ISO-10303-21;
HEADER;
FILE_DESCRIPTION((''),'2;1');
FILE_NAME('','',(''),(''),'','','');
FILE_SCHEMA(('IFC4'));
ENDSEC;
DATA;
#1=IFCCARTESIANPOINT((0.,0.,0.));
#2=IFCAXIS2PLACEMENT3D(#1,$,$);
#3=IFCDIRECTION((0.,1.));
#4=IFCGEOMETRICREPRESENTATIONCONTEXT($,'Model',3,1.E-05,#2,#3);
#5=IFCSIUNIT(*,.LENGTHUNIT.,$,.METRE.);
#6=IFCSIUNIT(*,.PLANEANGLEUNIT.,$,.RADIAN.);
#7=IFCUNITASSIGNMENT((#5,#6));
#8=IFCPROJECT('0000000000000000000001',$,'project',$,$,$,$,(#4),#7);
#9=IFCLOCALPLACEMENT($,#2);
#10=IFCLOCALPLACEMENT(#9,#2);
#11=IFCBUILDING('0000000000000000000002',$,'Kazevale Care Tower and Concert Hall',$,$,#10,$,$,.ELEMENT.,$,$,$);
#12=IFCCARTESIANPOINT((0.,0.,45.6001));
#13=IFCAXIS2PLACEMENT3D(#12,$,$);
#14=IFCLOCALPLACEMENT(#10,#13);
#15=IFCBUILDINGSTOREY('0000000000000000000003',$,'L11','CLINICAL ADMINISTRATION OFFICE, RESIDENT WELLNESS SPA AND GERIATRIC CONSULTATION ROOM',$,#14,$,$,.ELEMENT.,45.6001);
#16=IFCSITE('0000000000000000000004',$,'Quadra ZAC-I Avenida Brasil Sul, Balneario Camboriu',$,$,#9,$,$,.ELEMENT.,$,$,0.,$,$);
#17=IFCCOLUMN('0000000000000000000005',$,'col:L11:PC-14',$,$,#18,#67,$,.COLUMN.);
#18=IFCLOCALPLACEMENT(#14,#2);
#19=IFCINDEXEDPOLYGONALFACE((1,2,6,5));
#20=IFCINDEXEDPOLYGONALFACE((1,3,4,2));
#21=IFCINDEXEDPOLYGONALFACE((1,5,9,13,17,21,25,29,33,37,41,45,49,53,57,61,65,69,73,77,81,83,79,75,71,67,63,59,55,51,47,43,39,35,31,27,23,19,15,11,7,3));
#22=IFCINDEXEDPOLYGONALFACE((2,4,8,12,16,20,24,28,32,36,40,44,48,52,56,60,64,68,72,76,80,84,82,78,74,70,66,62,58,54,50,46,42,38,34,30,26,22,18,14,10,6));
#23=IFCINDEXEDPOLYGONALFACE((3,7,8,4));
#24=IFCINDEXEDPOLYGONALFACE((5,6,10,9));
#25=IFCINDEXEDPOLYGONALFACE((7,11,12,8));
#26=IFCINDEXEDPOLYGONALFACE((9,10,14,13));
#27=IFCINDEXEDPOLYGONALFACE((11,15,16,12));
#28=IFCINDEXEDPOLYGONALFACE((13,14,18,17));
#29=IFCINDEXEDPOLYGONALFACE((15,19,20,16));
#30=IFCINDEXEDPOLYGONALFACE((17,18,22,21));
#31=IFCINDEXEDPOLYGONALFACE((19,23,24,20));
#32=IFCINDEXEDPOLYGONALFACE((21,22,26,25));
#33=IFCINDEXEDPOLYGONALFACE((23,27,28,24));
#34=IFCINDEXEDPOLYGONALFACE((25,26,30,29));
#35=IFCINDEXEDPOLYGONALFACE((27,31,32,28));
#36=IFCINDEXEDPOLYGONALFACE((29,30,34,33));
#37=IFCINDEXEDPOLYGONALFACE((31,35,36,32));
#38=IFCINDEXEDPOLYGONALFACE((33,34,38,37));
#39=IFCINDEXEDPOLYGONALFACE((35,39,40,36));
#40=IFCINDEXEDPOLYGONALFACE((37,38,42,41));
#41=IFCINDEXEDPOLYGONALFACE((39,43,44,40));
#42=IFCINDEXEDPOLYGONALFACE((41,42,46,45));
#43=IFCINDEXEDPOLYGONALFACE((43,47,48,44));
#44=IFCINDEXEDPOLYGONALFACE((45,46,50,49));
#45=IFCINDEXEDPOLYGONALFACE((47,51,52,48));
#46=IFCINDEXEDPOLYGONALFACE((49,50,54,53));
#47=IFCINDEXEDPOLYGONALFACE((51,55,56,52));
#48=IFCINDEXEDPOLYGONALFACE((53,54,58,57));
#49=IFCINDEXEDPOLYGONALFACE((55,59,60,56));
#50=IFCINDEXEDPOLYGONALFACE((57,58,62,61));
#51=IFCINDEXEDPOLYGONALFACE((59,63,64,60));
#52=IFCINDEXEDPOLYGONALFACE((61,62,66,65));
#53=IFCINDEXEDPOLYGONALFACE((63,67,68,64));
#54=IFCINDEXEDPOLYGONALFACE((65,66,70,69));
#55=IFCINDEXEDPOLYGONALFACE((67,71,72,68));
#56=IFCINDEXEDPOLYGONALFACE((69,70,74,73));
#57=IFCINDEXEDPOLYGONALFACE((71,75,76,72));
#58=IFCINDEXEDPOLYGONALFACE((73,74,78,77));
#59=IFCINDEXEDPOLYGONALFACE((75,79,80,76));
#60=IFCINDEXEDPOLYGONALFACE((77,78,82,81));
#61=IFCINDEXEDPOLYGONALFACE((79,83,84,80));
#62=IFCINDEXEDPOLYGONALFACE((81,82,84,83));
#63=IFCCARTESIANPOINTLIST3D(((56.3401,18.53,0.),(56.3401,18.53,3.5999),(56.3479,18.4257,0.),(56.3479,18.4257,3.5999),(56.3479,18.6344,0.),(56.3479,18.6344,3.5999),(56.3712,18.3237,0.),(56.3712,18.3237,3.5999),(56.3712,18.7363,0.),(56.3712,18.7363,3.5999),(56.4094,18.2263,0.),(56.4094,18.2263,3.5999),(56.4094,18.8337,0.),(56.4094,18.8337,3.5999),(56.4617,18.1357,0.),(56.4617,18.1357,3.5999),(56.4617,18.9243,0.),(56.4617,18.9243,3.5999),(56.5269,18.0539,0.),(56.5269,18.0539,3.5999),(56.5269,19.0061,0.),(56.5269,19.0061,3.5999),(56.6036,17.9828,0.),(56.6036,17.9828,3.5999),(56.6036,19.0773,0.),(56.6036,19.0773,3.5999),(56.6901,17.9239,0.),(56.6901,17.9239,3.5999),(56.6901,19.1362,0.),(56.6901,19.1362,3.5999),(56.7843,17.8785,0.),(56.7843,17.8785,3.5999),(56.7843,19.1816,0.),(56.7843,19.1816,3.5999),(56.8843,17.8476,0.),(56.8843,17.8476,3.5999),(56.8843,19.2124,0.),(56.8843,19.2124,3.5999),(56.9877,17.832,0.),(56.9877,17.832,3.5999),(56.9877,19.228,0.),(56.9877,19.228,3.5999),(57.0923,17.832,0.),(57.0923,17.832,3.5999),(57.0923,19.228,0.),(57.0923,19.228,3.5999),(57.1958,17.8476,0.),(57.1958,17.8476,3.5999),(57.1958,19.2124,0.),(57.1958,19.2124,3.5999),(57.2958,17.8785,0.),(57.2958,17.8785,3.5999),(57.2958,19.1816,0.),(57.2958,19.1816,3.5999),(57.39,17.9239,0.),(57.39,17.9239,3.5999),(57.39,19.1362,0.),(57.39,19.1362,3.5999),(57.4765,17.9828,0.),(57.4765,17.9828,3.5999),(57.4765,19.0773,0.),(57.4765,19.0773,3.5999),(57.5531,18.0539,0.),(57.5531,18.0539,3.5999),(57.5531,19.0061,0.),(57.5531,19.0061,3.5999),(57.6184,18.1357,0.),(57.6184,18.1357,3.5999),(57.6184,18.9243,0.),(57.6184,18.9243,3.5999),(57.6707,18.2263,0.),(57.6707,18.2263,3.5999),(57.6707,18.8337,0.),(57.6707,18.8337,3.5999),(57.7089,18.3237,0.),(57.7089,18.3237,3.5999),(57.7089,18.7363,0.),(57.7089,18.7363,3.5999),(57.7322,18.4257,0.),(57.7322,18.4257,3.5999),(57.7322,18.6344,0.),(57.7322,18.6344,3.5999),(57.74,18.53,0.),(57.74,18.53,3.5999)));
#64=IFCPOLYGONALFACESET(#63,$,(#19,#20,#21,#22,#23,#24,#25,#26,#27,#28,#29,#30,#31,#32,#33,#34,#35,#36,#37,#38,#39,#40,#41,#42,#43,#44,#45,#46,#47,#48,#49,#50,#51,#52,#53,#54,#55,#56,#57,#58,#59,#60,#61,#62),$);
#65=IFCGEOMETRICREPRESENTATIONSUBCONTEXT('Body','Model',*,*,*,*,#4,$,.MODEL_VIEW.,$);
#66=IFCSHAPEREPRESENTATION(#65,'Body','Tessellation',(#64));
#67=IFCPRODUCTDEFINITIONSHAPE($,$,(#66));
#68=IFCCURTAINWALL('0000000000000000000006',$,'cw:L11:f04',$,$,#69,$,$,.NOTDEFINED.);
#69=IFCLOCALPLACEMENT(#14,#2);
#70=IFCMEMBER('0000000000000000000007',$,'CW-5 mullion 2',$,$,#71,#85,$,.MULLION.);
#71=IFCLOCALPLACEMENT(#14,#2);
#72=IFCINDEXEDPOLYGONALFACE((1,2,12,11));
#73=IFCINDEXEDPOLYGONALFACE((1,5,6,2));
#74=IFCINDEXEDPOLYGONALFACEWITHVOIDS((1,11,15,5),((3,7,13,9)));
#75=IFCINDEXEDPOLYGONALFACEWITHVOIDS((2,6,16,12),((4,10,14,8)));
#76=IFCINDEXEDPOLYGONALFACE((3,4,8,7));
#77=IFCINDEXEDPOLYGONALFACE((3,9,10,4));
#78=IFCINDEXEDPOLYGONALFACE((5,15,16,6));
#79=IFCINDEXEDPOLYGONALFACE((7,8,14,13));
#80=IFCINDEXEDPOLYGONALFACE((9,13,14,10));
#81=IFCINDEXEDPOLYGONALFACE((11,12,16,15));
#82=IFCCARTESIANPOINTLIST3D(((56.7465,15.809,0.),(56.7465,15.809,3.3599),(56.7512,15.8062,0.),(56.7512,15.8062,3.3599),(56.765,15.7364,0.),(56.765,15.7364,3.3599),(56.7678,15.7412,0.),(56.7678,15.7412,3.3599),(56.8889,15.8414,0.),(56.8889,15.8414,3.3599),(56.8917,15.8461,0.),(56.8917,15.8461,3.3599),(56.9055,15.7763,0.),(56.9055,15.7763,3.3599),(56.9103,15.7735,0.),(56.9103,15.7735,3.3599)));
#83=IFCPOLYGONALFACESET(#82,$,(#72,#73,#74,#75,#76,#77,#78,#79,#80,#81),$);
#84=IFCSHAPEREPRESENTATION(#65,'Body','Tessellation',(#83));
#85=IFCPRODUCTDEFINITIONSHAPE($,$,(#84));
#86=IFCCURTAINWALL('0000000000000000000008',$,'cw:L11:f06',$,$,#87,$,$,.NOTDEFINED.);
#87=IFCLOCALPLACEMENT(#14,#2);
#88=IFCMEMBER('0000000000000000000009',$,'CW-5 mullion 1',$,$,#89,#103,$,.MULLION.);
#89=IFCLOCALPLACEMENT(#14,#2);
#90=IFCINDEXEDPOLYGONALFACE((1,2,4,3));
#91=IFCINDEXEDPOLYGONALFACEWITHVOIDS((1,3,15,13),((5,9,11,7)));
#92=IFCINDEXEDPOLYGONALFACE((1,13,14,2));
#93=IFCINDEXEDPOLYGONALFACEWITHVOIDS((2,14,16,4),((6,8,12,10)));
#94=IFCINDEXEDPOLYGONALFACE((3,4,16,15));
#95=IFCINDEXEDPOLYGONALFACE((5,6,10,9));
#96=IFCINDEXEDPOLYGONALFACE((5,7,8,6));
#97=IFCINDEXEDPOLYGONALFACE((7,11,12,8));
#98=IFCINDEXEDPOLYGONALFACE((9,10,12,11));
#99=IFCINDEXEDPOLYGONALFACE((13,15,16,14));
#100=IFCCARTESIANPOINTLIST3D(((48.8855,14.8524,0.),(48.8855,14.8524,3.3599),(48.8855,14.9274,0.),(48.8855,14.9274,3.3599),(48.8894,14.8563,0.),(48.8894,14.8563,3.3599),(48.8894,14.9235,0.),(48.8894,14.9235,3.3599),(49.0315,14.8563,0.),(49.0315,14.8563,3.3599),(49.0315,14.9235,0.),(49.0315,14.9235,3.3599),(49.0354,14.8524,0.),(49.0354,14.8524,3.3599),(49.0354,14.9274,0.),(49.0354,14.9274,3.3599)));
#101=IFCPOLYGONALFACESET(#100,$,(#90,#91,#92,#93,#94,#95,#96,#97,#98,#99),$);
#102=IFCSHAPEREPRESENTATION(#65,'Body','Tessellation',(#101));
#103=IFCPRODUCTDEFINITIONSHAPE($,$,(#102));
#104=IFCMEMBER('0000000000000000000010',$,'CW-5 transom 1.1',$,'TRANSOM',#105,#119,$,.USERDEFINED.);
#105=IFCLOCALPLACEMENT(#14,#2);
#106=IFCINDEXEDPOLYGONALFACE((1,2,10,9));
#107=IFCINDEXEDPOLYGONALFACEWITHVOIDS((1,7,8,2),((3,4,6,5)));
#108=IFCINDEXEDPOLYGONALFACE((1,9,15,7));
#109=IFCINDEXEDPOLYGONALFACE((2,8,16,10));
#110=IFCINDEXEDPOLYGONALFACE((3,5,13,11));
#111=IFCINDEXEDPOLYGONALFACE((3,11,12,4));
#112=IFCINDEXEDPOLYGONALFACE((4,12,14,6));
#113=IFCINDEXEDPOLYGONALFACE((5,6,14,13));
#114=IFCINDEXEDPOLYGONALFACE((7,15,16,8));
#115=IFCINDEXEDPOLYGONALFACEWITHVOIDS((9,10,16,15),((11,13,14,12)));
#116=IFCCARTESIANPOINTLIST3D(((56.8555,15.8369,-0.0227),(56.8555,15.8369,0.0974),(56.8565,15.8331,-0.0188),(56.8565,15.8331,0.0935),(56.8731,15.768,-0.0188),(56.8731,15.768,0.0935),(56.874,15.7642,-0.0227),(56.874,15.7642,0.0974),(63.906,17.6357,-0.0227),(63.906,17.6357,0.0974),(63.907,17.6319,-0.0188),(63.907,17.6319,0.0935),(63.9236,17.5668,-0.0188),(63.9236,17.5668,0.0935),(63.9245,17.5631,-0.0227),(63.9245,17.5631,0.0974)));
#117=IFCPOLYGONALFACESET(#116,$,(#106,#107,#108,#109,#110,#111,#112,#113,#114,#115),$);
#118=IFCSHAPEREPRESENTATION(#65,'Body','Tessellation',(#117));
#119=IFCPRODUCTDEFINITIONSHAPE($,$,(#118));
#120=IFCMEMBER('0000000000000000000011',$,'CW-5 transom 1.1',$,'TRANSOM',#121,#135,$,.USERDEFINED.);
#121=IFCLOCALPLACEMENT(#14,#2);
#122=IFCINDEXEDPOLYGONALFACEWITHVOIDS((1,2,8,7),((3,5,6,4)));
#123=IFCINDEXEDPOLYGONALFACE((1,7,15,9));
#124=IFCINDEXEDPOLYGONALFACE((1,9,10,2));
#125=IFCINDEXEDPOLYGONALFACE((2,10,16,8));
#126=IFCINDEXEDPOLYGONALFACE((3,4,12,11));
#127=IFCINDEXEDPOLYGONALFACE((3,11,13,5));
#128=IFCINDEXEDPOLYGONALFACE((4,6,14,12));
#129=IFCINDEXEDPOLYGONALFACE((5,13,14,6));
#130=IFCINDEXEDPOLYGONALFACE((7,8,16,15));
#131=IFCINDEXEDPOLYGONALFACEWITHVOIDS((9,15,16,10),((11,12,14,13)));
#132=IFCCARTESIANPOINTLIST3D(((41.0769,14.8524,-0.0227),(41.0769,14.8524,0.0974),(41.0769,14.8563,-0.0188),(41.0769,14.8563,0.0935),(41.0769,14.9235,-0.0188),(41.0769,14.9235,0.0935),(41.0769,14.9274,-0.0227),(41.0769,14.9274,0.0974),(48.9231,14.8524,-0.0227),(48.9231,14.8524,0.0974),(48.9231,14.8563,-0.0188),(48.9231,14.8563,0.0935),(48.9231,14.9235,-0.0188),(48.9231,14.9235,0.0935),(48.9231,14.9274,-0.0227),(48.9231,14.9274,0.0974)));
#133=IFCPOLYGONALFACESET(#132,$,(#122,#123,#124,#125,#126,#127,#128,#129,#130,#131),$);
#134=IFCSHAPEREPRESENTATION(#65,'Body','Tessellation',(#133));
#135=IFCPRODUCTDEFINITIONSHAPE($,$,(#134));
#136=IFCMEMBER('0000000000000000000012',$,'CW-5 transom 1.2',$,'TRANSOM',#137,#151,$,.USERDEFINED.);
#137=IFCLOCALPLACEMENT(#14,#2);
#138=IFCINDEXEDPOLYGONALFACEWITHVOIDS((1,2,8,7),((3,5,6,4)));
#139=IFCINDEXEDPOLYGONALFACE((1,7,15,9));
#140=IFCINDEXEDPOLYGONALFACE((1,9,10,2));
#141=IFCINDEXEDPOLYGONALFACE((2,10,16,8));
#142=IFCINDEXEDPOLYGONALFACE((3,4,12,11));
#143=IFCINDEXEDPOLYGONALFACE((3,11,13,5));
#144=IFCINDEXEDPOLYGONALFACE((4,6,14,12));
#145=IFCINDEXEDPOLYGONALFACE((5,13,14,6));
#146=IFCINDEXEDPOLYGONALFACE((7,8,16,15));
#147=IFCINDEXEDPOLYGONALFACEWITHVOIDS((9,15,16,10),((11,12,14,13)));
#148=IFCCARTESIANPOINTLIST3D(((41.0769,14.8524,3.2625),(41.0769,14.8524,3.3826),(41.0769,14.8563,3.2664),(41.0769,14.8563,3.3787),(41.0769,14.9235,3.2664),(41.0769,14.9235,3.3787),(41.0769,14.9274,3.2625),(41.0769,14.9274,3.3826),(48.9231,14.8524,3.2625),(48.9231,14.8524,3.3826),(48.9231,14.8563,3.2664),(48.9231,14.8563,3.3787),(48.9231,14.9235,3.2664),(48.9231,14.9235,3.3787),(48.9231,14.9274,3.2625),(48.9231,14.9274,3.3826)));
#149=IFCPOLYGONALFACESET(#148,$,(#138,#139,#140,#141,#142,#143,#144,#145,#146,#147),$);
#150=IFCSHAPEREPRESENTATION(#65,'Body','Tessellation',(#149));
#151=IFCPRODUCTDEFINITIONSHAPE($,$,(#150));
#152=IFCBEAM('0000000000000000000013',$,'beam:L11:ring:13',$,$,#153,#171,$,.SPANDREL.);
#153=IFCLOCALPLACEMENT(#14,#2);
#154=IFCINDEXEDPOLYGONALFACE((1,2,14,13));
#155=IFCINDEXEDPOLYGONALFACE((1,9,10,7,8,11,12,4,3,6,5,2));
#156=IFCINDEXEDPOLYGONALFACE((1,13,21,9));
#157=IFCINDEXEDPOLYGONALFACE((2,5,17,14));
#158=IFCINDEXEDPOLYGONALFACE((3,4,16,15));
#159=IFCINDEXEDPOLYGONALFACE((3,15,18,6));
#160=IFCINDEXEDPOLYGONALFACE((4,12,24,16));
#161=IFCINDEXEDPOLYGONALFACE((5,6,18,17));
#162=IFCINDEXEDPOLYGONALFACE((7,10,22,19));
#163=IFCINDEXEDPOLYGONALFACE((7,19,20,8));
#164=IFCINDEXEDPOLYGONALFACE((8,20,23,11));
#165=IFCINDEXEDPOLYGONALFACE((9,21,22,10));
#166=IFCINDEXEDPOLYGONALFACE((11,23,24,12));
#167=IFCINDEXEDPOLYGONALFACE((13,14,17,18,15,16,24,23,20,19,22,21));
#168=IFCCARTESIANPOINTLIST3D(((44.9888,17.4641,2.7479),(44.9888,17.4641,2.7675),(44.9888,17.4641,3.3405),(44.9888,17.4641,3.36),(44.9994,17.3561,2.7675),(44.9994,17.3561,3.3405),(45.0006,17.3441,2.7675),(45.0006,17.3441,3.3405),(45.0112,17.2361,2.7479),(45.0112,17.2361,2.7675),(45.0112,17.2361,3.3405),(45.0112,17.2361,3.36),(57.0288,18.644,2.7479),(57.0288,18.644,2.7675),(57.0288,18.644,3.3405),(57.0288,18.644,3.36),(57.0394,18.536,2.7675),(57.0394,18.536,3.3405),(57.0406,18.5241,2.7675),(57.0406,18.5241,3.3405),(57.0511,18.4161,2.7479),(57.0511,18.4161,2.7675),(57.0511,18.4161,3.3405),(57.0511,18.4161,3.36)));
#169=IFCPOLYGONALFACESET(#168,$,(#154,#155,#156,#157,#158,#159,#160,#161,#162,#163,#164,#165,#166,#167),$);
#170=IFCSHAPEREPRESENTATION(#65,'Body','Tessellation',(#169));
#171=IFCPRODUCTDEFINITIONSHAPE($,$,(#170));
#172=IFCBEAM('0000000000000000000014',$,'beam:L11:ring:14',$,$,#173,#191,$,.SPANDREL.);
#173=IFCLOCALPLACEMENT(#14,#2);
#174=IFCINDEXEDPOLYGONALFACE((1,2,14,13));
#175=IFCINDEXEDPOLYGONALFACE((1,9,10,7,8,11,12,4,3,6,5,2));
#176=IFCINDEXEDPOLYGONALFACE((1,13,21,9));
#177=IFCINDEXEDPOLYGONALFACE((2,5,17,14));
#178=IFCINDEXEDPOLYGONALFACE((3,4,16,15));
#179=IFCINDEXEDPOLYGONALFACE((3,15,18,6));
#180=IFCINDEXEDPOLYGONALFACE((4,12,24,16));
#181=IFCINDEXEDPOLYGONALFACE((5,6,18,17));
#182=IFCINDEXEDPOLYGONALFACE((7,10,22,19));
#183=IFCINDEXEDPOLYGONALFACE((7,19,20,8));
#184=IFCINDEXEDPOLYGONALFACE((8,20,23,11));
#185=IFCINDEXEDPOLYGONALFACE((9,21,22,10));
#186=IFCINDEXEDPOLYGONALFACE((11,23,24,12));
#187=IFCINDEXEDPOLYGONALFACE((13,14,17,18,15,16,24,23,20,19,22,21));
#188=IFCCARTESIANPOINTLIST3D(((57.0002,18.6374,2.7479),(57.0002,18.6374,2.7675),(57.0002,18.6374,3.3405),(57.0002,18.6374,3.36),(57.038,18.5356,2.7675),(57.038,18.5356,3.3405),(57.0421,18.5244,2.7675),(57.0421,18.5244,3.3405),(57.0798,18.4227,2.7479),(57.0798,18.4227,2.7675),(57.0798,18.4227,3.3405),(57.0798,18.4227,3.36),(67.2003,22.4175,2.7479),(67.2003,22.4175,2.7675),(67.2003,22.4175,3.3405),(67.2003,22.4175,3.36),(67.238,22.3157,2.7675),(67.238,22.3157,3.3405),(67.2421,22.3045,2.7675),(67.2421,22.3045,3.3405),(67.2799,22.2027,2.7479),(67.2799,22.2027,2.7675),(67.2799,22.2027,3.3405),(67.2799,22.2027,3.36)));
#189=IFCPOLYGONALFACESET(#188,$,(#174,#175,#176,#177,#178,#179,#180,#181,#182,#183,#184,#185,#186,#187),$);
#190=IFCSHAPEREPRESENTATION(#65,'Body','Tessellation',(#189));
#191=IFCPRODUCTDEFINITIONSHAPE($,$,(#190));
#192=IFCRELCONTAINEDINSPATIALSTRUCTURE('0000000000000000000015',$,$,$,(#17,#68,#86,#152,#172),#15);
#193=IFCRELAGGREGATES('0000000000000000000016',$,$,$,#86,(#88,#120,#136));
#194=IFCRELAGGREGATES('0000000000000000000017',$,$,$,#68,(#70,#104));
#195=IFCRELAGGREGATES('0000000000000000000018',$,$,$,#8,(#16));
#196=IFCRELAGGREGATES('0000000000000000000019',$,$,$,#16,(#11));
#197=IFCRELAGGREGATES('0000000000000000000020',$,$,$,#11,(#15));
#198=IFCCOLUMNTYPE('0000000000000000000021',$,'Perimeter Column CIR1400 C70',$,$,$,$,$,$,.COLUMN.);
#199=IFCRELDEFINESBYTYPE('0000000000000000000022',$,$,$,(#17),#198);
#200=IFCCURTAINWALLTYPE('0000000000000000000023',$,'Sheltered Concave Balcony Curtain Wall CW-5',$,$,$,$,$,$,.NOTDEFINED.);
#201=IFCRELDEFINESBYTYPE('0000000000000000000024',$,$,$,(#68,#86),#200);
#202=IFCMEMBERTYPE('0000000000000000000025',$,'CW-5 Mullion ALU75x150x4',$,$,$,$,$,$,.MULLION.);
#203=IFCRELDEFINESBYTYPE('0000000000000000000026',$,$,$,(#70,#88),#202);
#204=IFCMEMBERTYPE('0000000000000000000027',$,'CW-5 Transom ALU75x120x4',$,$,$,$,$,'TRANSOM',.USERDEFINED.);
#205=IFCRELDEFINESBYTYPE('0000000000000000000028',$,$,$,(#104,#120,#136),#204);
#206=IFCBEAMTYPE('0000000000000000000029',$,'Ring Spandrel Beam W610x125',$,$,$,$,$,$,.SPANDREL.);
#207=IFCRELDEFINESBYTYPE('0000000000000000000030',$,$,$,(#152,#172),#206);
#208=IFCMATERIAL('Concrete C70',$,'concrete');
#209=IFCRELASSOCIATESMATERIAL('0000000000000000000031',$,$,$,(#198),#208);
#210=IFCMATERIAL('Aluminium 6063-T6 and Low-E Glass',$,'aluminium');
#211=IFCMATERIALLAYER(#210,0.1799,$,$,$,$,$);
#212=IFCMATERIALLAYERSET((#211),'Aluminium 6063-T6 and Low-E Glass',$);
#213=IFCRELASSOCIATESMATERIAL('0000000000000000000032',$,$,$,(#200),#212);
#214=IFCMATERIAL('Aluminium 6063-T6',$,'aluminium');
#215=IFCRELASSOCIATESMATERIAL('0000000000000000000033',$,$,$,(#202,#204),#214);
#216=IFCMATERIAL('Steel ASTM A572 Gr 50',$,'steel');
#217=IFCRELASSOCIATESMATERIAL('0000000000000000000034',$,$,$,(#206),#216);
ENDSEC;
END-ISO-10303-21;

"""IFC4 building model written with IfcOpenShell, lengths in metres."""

from ifc_helpers import new_model, si_unit, direction, frame, origin, origin_2d, place, context, subcontext, project, spatial, hollow_rectangle, circle, i_section, extrude, material, layer, layer_set, material_profile, profile_set, type_object, element, aggregate, save


model = new_model("IFC4")

# Units and contexts
model_context = context("Model", 3, precision=1e-05, world=origin(), true_north=direction((0.0, 1.0)))
body_context = subcontext(model_context, "Body", "Model", "MODEL_VIEW")
ifc_project = project(units=[si_unit("LENGTHUNIT", "METRE"), si_unit("PLANEANGLEUNIT", "RADIAN")], contexts=[model_context])

# Site, building, storey
site_placement = place(None, origin())
site = spatial("IfcSite", under=ifc_project, at=site_placement, Name="Quadra ZAC-I Avenida Brasil Sul, Balneario Camboriu", CompositionType="ELEMENT", RefElevation=0.0)
building_placement = place(site_placement, origin())
building = spatial("IfcBuilding", under=site, at=building_placement, Name="Kazevale Care Tower and Concert Hall", CompositionType="ELEMENT")
storey_placement = place(building_placement, frame((0.0, 0.0, 45.6001)))
storey = spatial("IfcBuildingStorey", under=building, at=storey_placement, Name="L11", Description="CLINICAL ADMINISTRATION OFFICE, RESIDENT WELLNESS SPA AND GERIATRIC CONSULTATION ROOM", CompositionType="ELEMENT", Elevation=45.6001)

# Column
ifc_material_1 = material(Name="Concrete C70", Category="concrete")
ifc_material_profile_1 = material_profile(ifc_material_1, circle(Radius=0.7, at=origin_2d()), Name="RC-CIR1400")
ifc_profile_set_1 = profile_set([ifc_material_profile_1], Name="Concrete C70")
column_type = type_object("IfcColumnType", Name="Perimeter Column CIR1400 C70", PredefinedType="COLUMN", material=ifc_profile_set_1)
column_placement = place(storey_placement, frame((57.04, 18.53, 0.0), z_axis=(0.0, 0.0, 1.0), x_axis=(1.0, 0.0, 0.0)))
element("IfcColumn", 1, at=column_placement, inside=storey, type_object=column_type, Name="col:L11:PC-14", PredefinedType="COLUMN", context=body_context, shape_type="SweptSolid", body=[
    extrude(circle(Radius=0.7, at=origin_2d()), origin(), (0.0, 0.0, 1.0), 3.5999),
])

# Curtain walls, members
ifc_material_2 = material(Name="Aluminium 6063-T6 and Low-E Glass", Category="aluminium")
ifc_layer_1 = layer(ifc_material_2, 0.1799)
ifc_layer_set_1 = layer_set([ifc_layer_1], Name="Aluminium 6063-T6 and Low-E Glass")
curtain_wall_type = type_object("IfcCurtainWallType", Name="Sheltered Concave Balcony Curtain Wall CW-5", PredefinedType="NOTDEFINED", material=ifc_layer_set_1)
curtain_wall_1_placement = place(storey_placement, origin())
curtain_wall_1 = element("IfcCurtainWall", 2, at=curtain_wall_1_placement, inside=storey, type_object=curtain_wall_type, Name="cw:L11:f04", PredefinedType="NOTDEFINED")
ifc_material_3 = material(Name="Aluminium 6063-T6", Category="aluminium")
ifc_material_profile_2 = material_profile(ifc_material_3, hollow_rectangle(XDim=0.075, YDim=0.1499, WallThickness=0.0039, at=origin_2d()), Name="ALU75x150x4")
ifc_profile_set_2 = profile_set([ifc_material_profile_2], Name="Aluminium 6063-T6")
member_type_1 = type_object("IfcMemberType", Name="CW-5 Mullion ALU75x150x4", PredefinedType="MULLION", material=ifc_profile_set_2)
member_1_placement = place(storey_placement, frame((56.8284, 15.7913, 0.0), z_axis=(0.0, 0.0, 1.0), x_axis=(0.247222, -0.968959, 0.0)))
member_1 = element("IfcMember", 3, at=member_1_placement, type_object=member_type_1, Name="CW-5 mullion 2", PredefinedType="MULLION", context=body_context, shape_type="SweptSolid", body=[
    extrude(hollow_rectangle(XDim=0.075, YDim=0.1499, WallThickness=0.0039, at=origin_2d()), origin(), (0.0, 0.0, 1.0), 3.3599),
])
curtain_wall_2_placement = place(storey_placement, origin())
curtain_wall_2 = element("IfcCurtainWall", 4, at=curtain_wall_2_placement, inside=storey, type_object=curtain_wall_type, Name="cw:L11:f06", PredefinedType="NOTDEFINED")
member_2_placement = place(storey_placement, frame((48.9604, 14.8899, 0.0), z_axis=(0.0, 0.0, 1.0), x_axis=(0.0, -1.0, 0.0)))
member_2 = element("IfcMember", 5, at=member_2_placement, type_object=member_type_1, Name="CW-5 mullion 1", PredefinedType="MULLION", context=body_context, shape_type="SweptSolid", body=[
    extrude(hollow_rectangle(XDim=0.075, YDim=0.1499, WallThickness=0.0039, at=origin_2d()), origin(), (0.0, 0.0, 1.0), 3.3599),
])

# Members
ifc_material_profile_3 = material_profile(ifc_material_3, hollow_rectangle(XDim=0.075, YDim=0.1201, WallThickness=0.0039, at=origin_2d()), Name="ALU75x120x4")
ifc_profile_set_3 = profile_set([ifc_material_profile_3], Name="Aluminium 6063-T6")
member_type_2 = type_object("IfcMemberType", Name="CW-5 Transom ALU75x120x4", ElementType="TRANSOM", PredefinedType="USERDEFINED", material=ifc_profile_set_3)
member_3_placement = place(storey_placement, frame((63.9153, 17.5994, 0.0374), z_axis=(-0.968961, -0.247214, 0.0), x_axis=(0.247214, -0.968961, 0.0)))
member_3 = element("IfcMember", 6, at=member_3_placement, type_object=member_type_2, Name="CW-5 transom 1.1", ObjectType="TRANSOM", PredefinedType="USERDEFINED", context=body_context, shape_type="SweptSolid", body=[
    extrude(hollow_rectangle(XDim=0.075, YDim=0.1201, WallThickness=0.0039, at=origin_2d()), origin(), (0.0, 0.0, 1.0), 7.2764),
])
member_4_placement = place(storey_placement, frame((48.9231, 14.8899, 0.0374), z_axis=(-1.0, 0.0, 0.0), x_axis=(0.0, -1.0, 0.0)))
member_4 = element("IfcMember", 7, at=member_4_placement, type_object=member_type_2, Name="CW-5 transom 1.1", ObjectType="TRANSOM", PredefinedType="USERDEFINED", context=body_context, shape_type="SweptSolid", body=[
    extrude(hollow_rectangle(XDim=0.075, YDim=0.1201, WallThickness=0.0039, at=origin_2d()), origin(), (0.0, 0.0, 1.0), 7.8462),
])
member_5_placement = place(storey_placement, frame((48.9231, 14.8899, 3.3225), z_axis=(-1.0, 0.0, 0.0), x_axis=(0.0, -1.0, 0.0)))
member_5 = element("IfcMember", 8, at=member_5_placement, type_object=member_type_2, Name="CW-5 transom 1.2", ObjectType="TRANSOM", PredefinedType="USERDEFINED", context=body_context, shape_type="SweptSolid", body=[
    extrude(hollow_rectangle(XDim=0.075, YDim=0.1201, WallThickness=0.0039, at=origin_2d()), origin(), (0.0, 0.0, 1.0), 7.8462),
])
aggregate(curtain_wall_2, [member_2, member_4, member_5])

# Beams
ifc_material_4 = material(Name="Steel ASTM A572 Gr 50", Category="steel")
ifc_material_profile_4 = material_profile(ifc_material_4, i_section(OverallWidth=0.229, OverallDepth=0.6121, WebThickness=0.012, FlangeThickness=0.0195, at=origin_2d()), Name="W610x125")
ifc_profile_set_4 = profile_set([ifc_material_profile_4], Name="Steel ASTM A572 Gr 50")
beam_type_1 = type_object("IfcBeamType", Name="Ring Spandrel Beam W610x125", PredefinedType="SPANDREL", material=ifc_profile_set_4)
beam_1_placement = place(storey_placement, frame((45.0, 17.3501, 3.054), z_axis=(0.995232, 0.097533, 0.0), x_axis=(-0.097533, 0.995232, 0.0)))
element("IfcBeam", 9, at=beam_1_placement, inside=storey, type_object=beam_type_1, Name="beam:L11:ring:13", PredefinedType="SPANDREL", context=body_context, shape_type="SweptSolid", body=[
    extrude(i_section(OverallWidth=0.229, OverallDepth=0.6121, WebThickness=0.012, FlangeThickness=0.0195, at=origin_2d()), origin(), (0.0, 0.0, 1.0), 12.0977),
])
beam_2_placement = place(storey_placement, frame((57.04, 18.53, 3.054), z_axis=(0.937681, 0.347498, 0.0), x_axis=(-0.347498, 0.937681, 0.0)))
element("IfcBeam", 10, at=beam_2_placement, inside=storey, type_object=beam_type_1, Name="beam:L11:ring:14", PredefinedType="SPANDREL", context=body_context, shape_type="SweptSolid", body=[
    extrude(i_section(OverallWidth=0.229, OverallDepth=0.6121, WebThickness=0.012, FlangeThickness=0.0195, at=origin_2d()), origin(), (0.0, 0.0, 1.0), 10.8779),
])

aggregate(curtain_wall_1, [member_1, member_3])

save(model, "model.ifc")
